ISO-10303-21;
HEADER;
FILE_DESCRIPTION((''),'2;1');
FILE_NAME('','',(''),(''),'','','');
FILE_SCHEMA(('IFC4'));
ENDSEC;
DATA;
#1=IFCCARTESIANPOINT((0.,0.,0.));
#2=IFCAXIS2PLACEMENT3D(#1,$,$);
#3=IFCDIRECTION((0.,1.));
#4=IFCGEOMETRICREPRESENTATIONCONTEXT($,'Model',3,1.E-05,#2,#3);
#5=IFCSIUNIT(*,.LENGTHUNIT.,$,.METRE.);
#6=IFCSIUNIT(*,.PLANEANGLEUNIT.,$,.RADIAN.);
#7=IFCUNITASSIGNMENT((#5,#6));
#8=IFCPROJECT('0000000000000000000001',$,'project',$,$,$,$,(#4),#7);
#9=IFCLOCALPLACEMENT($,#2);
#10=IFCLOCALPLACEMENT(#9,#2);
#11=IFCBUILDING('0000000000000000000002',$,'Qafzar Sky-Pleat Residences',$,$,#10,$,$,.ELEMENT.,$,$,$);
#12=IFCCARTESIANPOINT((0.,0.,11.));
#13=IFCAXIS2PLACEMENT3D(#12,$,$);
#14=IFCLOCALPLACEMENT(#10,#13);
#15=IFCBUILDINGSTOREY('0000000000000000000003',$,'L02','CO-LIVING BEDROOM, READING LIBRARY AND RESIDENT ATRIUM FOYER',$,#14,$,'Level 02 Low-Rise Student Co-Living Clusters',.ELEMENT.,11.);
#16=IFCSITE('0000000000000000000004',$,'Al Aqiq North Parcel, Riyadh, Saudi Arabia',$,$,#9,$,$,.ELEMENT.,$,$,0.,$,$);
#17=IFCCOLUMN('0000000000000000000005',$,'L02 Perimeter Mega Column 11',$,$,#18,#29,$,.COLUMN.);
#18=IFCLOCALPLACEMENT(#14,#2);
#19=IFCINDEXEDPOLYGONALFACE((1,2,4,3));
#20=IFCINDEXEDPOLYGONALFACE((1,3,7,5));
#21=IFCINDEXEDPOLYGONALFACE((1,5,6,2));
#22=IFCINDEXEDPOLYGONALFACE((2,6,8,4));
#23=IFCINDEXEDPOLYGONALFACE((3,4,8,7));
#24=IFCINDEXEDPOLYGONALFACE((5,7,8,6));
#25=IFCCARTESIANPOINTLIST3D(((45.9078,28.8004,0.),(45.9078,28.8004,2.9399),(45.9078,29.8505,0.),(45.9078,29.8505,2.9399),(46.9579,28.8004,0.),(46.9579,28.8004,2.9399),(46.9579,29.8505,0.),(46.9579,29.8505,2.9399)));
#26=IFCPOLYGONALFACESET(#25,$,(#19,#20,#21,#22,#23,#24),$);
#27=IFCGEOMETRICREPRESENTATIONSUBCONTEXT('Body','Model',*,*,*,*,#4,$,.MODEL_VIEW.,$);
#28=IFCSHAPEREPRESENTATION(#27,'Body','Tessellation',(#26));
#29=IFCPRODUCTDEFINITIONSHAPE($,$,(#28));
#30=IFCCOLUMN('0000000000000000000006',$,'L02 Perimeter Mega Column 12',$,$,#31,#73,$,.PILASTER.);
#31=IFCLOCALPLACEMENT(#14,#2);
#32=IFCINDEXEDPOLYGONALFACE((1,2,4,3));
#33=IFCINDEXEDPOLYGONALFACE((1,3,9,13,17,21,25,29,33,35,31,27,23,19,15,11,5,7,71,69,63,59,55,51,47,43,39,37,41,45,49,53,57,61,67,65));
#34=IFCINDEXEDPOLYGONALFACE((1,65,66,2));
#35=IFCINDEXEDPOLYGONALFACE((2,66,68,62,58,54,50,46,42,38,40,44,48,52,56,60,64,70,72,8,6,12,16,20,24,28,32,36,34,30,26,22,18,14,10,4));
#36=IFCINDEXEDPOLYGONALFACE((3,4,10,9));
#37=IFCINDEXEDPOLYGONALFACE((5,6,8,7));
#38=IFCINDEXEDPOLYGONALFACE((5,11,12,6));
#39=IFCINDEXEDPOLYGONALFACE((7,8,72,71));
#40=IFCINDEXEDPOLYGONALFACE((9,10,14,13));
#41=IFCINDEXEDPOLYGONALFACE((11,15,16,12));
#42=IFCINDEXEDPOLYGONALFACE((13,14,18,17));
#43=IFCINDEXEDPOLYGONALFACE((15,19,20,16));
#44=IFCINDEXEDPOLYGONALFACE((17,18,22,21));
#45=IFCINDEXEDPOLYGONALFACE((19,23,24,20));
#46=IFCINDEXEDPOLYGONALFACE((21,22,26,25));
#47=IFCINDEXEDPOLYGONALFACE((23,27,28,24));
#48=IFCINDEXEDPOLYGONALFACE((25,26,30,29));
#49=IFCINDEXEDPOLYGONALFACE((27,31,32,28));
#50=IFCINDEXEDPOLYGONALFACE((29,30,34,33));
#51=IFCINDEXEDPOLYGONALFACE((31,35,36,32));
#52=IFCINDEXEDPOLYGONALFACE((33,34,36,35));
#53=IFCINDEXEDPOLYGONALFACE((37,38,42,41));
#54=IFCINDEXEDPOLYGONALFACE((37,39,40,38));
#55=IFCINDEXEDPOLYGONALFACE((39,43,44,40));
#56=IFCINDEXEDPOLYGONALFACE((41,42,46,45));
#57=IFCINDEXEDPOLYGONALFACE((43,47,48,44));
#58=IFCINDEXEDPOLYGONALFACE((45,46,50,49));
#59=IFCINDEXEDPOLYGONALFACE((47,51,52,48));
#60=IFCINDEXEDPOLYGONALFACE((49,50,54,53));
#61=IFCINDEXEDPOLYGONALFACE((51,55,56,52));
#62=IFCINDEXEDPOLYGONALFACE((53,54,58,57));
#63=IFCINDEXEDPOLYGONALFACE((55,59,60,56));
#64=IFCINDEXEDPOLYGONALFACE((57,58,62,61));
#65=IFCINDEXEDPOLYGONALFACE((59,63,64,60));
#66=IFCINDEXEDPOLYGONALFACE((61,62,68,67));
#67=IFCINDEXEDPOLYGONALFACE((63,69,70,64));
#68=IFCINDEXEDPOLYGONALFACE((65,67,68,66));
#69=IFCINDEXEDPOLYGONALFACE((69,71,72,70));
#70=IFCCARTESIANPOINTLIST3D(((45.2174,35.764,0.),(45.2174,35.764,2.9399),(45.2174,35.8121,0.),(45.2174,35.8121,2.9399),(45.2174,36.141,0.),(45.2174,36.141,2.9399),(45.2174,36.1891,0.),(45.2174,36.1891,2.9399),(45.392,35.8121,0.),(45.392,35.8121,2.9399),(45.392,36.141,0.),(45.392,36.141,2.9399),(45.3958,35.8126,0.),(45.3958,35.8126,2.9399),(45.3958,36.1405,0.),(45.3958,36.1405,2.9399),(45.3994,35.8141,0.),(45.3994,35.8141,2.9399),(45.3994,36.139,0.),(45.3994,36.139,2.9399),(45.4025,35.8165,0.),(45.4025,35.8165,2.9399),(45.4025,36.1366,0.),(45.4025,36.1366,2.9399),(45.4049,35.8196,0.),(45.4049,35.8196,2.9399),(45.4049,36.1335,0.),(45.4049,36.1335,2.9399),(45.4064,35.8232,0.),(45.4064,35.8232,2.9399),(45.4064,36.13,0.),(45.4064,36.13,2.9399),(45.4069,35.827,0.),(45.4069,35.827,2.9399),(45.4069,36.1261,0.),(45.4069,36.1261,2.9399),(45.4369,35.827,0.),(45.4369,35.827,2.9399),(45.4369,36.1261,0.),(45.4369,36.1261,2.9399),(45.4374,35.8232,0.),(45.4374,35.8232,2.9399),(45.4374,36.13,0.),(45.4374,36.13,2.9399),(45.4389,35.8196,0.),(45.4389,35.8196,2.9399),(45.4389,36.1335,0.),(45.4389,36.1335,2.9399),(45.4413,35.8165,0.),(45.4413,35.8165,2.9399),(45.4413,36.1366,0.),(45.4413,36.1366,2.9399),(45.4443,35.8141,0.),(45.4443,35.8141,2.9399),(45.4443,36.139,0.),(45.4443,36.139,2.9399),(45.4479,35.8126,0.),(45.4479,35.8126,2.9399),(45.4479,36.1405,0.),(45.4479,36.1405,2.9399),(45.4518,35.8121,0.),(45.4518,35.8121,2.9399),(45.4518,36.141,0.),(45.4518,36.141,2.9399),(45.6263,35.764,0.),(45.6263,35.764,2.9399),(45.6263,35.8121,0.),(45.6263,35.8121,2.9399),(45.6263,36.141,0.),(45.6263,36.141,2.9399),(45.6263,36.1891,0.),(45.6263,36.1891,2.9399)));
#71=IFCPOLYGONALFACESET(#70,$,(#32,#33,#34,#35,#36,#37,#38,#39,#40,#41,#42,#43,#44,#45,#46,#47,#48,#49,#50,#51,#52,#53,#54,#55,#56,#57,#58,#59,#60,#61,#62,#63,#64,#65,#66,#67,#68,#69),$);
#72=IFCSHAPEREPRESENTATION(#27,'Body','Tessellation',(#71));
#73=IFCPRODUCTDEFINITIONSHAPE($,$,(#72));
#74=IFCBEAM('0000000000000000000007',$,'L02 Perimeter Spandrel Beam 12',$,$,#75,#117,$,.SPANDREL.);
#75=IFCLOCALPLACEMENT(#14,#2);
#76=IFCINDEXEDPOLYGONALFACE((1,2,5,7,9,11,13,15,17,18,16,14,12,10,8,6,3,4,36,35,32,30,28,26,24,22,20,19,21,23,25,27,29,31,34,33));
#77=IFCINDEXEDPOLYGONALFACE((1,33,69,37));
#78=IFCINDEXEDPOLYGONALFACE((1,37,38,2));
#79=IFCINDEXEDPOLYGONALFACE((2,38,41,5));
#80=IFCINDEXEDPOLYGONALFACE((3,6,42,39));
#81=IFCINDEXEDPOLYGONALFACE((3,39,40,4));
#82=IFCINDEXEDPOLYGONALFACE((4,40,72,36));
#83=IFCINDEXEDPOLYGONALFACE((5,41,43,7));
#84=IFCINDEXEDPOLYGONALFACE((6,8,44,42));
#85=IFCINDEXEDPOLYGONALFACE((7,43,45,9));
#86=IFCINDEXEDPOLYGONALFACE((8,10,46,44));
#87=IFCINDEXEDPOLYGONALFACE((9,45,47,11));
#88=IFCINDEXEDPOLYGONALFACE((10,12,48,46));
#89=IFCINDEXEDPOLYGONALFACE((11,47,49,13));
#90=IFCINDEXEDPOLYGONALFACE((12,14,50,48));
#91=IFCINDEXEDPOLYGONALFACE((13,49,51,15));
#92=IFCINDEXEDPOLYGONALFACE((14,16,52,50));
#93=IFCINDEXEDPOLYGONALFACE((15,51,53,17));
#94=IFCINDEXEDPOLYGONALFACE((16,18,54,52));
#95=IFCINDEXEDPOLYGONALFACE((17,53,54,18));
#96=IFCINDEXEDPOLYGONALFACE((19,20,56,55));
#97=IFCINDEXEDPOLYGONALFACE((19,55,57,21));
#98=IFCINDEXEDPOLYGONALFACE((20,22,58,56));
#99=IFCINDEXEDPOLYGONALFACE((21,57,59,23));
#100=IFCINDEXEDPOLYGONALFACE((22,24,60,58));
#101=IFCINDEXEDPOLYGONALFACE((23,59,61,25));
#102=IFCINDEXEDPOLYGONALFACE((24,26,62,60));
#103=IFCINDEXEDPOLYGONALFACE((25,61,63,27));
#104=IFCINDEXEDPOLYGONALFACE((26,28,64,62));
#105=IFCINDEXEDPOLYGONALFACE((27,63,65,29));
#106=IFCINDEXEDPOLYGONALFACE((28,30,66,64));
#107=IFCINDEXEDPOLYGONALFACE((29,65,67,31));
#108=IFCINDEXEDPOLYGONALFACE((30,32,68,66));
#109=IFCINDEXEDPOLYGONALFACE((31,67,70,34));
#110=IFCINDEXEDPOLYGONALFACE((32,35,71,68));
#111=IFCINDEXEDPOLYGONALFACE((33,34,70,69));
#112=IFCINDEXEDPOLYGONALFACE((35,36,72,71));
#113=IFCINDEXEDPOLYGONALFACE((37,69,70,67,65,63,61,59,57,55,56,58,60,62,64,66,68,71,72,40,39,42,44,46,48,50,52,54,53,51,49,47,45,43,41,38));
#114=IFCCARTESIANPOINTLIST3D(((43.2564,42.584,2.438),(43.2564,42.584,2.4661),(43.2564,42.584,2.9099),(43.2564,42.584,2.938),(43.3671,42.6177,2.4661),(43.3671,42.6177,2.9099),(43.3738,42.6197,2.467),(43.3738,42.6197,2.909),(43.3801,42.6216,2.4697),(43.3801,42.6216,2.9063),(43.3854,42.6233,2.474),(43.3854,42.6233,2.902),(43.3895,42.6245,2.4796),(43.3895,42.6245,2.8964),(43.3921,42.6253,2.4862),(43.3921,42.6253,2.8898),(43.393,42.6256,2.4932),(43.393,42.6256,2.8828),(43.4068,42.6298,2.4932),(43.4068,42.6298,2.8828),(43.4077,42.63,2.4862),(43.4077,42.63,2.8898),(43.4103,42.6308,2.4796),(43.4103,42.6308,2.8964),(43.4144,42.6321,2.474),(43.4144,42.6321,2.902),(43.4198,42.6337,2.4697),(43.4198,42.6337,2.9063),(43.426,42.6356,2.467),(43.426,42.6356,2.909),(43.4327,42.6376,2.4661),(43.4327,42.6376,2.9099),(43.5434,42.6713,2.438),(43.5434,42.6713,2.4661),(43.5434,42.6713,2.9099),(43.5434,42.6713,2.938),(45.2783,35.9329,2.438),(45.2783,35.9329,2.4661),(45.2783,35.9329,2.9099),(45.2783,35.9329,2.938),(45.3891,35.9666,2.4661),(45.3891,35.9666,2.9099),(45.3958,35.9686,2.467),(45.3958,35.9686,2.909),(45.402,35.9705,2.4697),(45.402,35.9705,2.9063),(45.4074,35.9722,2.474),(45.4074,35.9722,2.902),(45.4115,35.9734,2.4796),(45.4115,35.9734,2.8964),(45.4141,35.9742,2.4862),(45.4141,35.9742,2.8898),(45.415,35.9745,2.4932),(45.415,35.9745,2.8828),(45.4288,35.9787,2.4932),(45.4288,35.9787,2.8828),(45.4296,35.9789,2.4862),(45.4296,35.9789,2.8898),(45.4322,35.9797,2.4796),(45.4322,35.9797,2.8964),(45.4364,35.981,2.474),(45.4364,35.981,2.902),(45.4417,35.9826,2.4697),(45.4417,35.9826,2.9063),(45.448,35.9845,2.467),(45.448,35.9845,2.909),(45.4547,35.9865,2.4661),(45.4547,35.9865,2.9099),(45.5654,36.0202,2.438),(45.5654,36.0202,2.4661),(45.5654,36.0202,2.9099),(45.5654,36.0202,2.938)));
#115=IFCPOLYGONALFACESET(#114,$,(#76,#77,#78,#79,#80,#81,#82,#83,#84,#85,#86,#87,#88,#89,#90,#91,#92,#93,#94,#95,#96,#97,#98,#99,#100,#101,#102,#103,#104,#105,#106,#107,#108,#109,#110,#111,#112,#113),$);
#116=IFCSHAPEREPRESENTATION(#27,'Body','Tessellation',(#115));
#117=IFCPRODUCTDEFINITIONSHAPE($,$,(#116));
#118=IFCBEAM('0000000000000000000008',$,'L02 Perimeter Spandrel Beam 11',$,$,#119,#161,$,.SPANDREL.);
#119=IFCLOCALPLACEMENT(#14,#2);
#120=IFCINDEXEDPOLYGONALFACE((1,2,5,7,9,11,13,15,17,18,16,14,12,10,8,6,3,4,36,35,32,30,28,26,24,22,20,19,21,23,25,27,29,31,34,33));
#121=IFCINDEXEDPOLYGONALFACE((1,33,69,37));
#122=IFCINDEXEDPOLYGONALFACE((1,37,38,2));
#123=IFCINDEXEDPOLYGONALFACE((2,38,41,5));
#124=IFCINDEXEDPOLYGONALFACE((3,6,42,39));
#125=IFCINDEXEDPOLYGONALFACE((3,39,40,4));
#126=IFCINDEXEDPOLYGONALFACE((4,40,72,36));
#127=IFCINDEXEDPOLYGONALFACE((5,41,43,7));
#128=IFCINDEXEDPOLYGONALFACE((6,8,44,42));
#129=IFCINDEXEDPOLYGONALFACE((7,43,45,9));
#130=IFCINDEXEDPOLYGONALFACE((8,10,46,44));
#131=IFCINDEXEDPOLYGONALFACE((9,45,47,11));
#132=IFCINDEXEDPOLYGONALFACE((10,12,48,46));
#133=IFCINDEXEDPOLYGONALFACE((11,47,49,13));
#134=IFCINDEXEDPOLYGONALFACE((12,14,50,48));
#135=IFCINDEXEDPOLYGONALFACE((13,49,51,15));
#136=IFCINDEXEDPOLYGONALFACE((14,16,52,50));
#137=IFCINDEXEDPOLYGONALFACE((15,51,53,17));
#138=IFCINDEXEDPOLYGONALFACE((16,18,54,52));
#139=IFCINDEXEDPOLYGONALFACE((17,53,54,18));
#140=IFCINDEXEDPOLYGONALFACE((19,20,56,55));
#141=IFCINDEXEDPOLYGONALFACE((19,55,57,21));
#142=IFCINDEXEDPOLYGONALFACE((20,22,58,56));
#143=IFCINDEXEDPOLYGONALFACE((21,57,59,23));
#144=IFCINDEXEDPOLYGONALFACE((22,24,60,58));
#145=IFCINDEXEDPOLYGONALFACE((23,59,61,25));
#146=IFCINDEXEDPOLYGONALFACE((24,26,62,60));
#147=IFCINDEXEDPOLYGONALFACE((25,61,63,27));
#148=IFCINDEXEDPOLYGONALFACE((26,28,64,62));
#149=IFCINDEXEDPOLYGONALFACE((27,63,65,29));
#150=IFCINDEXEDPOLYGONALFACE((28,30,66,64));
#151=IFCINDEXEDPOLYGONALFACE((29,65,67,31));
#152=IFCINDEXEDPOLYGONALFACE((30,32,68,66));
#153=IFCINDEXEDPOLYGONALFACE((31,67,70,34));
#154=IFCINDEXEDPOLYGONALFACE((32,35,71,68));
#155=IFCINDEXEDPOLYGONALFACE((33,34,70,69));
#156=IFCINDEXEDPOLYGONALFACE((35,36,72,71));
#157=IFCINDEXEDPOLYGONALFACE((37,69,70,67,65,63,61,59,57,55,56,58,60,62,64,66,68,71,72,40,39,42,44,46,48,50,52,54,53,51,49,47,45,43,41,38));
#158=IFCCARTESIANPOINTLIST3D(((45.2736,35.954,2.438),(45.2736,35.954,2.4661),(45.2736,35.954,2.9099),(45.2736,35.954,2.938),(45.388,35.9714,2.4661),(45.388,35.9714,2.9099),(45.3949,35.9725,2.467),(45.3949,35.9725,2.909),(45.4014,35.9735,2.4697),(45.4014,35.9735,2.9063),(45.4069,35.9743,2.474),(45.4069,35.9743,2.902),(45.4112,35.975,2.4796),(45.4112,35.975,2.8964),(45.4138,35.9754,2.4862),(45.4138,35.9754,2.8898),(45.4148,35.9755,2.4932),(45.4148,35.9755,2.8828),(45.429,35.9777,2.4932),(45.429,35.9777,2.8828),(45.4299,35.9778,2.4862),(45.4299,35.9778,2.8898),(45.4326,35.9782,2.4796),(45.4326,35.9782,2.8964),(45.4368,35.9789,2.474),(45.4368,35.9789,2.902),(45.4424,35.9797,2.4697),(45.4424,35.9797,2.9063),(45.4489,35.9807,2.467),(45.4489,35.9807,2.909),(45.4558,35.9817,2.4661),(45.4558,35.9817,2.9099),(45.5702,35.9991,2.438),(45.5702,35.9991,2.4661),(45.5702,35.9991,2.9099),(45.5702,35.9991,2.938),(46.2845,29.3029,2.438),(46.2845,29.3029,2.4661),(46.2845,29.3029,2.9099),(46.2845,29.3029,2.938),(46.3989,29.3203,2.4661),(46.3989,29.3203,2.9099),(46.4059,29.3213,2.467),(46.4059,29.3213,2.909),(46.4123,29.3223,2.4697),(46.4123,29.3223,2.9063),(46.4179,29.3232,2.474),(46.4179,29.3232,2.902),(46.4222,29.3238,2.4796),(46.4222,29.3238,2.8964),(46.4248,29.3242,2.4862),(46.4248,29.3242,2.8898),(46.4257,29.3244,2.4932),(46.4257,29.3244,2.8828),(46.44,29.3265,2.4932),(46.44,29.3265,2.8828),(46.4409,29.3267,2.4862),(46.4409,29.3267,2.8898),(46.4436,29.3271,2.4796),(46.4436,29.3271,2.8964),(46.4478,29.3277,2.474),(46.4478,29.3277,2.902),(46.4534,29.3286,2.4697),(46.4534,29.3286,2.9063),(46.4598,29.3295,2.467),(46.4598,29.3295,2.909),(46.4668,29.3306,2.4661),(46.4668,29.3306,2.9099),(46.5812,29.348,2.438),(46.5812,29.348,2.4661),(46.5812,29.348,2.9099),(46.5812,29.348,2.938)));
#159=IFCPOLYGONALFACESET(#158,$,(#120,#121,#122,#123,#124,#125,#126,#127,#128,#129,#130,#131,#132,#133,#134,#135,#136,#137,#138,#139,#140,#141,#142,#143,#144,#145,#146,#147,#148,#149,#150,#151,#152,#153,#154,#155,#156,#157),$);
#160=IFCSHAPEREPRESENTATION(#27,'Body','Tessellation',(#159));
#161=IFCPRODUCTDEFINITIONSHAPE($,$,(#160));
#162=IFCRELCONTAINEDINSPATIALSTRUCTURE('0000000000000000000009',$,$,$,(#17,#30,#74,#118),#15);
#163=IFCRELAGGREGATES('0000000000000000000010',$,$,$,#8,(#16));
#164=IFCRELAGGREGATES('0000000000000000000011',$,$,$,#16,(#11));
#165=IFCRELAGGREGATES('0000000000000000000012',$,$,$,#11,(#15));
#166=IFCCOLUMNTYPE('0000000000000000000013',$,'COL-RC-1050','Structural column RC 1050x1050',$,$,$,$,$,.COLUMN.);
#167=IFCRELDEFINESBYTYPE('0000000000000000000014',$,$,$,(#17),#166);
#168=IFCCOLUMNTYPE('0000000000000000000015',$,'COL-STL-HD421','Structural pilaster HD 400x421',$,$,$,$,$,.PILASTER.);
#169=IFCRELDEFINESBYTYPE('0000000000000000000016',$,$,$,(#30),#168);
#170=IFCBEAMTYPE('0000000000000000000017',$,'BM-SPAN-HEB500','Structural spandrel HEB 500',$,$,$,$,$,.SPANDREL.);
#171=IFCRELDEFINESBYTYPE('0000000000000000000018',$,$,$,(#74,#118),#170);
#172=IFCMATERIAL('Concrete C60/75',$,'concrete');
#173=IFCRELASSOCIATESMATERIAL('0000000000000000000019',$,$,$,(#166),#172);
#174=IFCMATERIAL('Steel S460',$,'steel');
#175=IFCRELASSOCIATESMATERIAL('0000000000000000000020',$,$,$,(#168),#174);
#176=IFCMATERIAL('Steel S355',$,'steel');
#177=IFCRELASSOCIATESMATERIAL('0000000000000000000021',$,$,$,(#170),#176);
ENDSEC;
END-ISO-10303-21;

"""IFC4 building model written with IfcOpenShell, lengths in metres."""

from ifc_helpers import new_model, si_unit, direction, frame, origin, origin_2d, place, context, subcontext, project, spatial, rectangle, i_section, extrude, source, transform, mapped, material, material_profile, profile_set, type_object, element, save


model = new_model("IFC4")

# Units and contexts
model_context = context("Model", 3, precision=1e-05, world=origin(), true_north=direction((0.0, 1.0)))
body_context = subcontext(model_context, "Body", "Model", "MODEL_VIEW")
ifc_project = project(units=[si_unit("LENGTHUNIT", "METRE"), si_unit("PLANEANGLEUNIT", "RADIAN")], contexts=[model_context])

# Site, building, storey
site_placement = place(None, origin())
site = spatial("IfcSite", under=ifc_project, at=site_placement, Name="Al Aqiq North Parcel, Riyadh, Saudi Arabia", CompositionType="ELEMENT", RefElevation=0.0)
building_placement = place(site_placement, origin())
building = spatial("IfcBuilding", under=site, at=building_placement, Name="Qafzar Sky-Pleat Residences", CompositionType="ELEMENT")
storey_placement = place(building_placement, frame((0.0, 0.0, 11.0)))
storey = spatial("IfcBuildingStorey", under=building, at=storey_placement, Name="L02", Description="CO-LIVING BEDROOM, READING LIBRARY AND RESIDENT ATRIUM FOYER", LongName="Level 02 Low-Rise Student Co-Living Clusters", CompositionType="ELEMENT", Elevation=11.0)

# Columns
ifc_material_1 = material(Name="Concrete C60/75", Category="concrete")
ifc_material_profile_1 = material_profile(ifc_material_1, rectangle(XDim=1.05, YDim=1.05, at=origin_2d()), Name="RC 1050x1050")
ifc_profile_set_1 = profile_set([ifc_material_profile_1], Name="Concrete C60/75")
column_type_1 = type_object("IfcColumnType", Name="COL-RC-1050", Description="Structural column RC 1050x1050", PredefinedType="COLUMN", material=ifc_profile_set_1)
shared_shape_1 = source(origin(), body_context, "Body", "SweptSolid", [
    extrude(rectangle(XDim=1.05, YDim=1.05, at=origin_2d()), origin(), (0.0, 0.0, 1.0), 2.9399),
])
column_1_placement = place(storey_placement, frame((46.4329, 29.3254, 0.0), z_axis=(0.0, 0.0, 1.0), x_axis=(1.0, 0.0, 0.0)))
element("IfcColumn", 1, at=column_1_placement, inside=storey, type_object=column_type_1, Name="L02 Perimeter Mega Column 11", PredefinedType="COLUMN", context=body_context, shape_type="MappedRepresentation", body=[
    mapped(shared_shape_1, transform((0.0, 0.0, 0.0), x_axis=(1.0, 0.0, 0.0), y_axis=(0.0, 1.0, 0.0), z_axis=(0.0, 0.0, 1.0), scale=1.0)),
])
ifc_material_2 = material(Name="Steel S460", Category="steel")
ifc_material_profile_2 = material_profile(ifc_material_2, i_section(OverallWidth=0.4089, OverallDepth=0.425, WebThickness=0.03, FlangeThickness=0.0481, FilletRadius=0.0149, at=origin_2d()), Name="HD 400x421")
ifc_profile_set_2 = profile_set([ifc_material_profile_2], Name="Steel S460")
column_type_2 = type_object("IfcColumnType", Name="COL-STL-HD421", Description="Structural pilaster HD 400x421", PredefinedType="PILASTER", material=ifc_profile_set_2)
shared_shape_2 = source(origin(), body_context, "Body", "SweptSolid", [
    extrude(i_section(OverallWidth=0.4089, OverallDepth=0.425, WebThickness=0.03, FlangeThickness=0.0481, FilletRadius=0.0149, at=origin_2d()), origin(), (0.0, 0.0, 1.0), 2.9399),
])
column_2_placement = place(storey_placement, frame((45.4219, 35.9766, 0.0), z_axis=(0.0, 0.0, 1.0), x_axis=(1.0, 0.0, 0.0)))
element("IfcColumn", 2, at=column_2_placement, inside=storey, type_object=column_type_2, Name="L02 Perimeter Mega Column 12", PredefinedType="PILASTER", context=body_context, shape_type="MappedRepresentation", body=[
    mapped(shared_shape_2, transform((0.0, 0.0, 0.0), x_axis=(1.0, 0.0, 0.0), y_axis=(0.0, 1.0, 0.0), z_axis=(0.0, 0.0, 1.0), scale=1.0)),
])

# Beams
ifc_material_3 = material(Name="Steel S355", Category="steel")
ifc_material_profile_3 = material_profile(ifc_material_3, i_section(OverallWidth=0.3, OverallDepth=0.5, WebThickness=0.0144, FlangeThickness=0.0281, FilletRadius=0.0271, at=origin_2d()), Name="HEB 500")
ifc_profile_set_3 = profile_set([ifc_material_profile_3], Name="Steel S355")
beam_type_1 = type_object("IfcBeamType", Name="BM-SPAN-HEB500", Description="Structural spandrel HEB 500", PredefinedType="SPANDREL", material=ifc_profile_set_3)
shared_shape_3 = source(origin(), body_context, "Body", "SweptSolid", [
    extrude(i_section(OverallWidth=0.3, OverallDepth=0.5, WebThickness=0.0144, FlangeThickness=0.0281, FilletRadius=0.0271, at=origin_2d()), origin(), (0.0, 0.0, 1.0), 6.9517),
])
beam_1_placement = place(storey_placement, frame((45.4219, 35.9766, 2.688), z_axis=(-0.290861, 0.956765, 0.0), x_axis=(-0.956765, -0.290861, 0.0)))
element("IfcBeam", 3, at=beam_1_placement, inside=storey, type_object=beam_type_1, Name="L02 Perimeter Spandrel Beam 12", PredefinedType="SPANDREL", context=body_context, shape_type="MappedRepresentation", body=[
    mapped(shared_shape_3, transform((0.0, 0.0, 0.0), x_axis=(1.0, 0.0, 0.0), y_axis=(0.0, 1.0, 0.0), z_axis=(0.0, 0.0, 1.0), scale=1.0)),
])
shared_shape_4 = source(origin(), body_context, "Body", "SweptSolid", [
    extrude(i_section(OverallWidth=0.3, OverallDepth=0.5, WebThickness=0.0144, FlangeThickness=0.0281, FilletRadius=0.0271, at=origin_2d()), origin(), (0.0, 0.0, 1.0), 6.7275),
])
beam_2_placement = place(storey_placement, frame((46.4329, 29.3254, 2.688), z_axis=(-0.150276, 0.988644, 0.0), x_axis=(-0.988644, -0.150276, 0.0)))
element("IfcBeam", 4, at=beam_2_placement, inside=storey, type_object=beam_type_1, Name="L02 Perimeter Spandrel Beam 11", PredefinedType="SPANDREL", context=body_context, shape_type="MappedRepresentation", body=[
    mapped(shared_shape_4, transform((0.0, 0.0, 0.0), x_axis=(1.0, 0.0, 0.0), y_axis=(0.0, 1.0, 0.0), z_axis=(0.0, 0.0, 1.0), scale=1.0)),
])

save(model, "model.ifc")
